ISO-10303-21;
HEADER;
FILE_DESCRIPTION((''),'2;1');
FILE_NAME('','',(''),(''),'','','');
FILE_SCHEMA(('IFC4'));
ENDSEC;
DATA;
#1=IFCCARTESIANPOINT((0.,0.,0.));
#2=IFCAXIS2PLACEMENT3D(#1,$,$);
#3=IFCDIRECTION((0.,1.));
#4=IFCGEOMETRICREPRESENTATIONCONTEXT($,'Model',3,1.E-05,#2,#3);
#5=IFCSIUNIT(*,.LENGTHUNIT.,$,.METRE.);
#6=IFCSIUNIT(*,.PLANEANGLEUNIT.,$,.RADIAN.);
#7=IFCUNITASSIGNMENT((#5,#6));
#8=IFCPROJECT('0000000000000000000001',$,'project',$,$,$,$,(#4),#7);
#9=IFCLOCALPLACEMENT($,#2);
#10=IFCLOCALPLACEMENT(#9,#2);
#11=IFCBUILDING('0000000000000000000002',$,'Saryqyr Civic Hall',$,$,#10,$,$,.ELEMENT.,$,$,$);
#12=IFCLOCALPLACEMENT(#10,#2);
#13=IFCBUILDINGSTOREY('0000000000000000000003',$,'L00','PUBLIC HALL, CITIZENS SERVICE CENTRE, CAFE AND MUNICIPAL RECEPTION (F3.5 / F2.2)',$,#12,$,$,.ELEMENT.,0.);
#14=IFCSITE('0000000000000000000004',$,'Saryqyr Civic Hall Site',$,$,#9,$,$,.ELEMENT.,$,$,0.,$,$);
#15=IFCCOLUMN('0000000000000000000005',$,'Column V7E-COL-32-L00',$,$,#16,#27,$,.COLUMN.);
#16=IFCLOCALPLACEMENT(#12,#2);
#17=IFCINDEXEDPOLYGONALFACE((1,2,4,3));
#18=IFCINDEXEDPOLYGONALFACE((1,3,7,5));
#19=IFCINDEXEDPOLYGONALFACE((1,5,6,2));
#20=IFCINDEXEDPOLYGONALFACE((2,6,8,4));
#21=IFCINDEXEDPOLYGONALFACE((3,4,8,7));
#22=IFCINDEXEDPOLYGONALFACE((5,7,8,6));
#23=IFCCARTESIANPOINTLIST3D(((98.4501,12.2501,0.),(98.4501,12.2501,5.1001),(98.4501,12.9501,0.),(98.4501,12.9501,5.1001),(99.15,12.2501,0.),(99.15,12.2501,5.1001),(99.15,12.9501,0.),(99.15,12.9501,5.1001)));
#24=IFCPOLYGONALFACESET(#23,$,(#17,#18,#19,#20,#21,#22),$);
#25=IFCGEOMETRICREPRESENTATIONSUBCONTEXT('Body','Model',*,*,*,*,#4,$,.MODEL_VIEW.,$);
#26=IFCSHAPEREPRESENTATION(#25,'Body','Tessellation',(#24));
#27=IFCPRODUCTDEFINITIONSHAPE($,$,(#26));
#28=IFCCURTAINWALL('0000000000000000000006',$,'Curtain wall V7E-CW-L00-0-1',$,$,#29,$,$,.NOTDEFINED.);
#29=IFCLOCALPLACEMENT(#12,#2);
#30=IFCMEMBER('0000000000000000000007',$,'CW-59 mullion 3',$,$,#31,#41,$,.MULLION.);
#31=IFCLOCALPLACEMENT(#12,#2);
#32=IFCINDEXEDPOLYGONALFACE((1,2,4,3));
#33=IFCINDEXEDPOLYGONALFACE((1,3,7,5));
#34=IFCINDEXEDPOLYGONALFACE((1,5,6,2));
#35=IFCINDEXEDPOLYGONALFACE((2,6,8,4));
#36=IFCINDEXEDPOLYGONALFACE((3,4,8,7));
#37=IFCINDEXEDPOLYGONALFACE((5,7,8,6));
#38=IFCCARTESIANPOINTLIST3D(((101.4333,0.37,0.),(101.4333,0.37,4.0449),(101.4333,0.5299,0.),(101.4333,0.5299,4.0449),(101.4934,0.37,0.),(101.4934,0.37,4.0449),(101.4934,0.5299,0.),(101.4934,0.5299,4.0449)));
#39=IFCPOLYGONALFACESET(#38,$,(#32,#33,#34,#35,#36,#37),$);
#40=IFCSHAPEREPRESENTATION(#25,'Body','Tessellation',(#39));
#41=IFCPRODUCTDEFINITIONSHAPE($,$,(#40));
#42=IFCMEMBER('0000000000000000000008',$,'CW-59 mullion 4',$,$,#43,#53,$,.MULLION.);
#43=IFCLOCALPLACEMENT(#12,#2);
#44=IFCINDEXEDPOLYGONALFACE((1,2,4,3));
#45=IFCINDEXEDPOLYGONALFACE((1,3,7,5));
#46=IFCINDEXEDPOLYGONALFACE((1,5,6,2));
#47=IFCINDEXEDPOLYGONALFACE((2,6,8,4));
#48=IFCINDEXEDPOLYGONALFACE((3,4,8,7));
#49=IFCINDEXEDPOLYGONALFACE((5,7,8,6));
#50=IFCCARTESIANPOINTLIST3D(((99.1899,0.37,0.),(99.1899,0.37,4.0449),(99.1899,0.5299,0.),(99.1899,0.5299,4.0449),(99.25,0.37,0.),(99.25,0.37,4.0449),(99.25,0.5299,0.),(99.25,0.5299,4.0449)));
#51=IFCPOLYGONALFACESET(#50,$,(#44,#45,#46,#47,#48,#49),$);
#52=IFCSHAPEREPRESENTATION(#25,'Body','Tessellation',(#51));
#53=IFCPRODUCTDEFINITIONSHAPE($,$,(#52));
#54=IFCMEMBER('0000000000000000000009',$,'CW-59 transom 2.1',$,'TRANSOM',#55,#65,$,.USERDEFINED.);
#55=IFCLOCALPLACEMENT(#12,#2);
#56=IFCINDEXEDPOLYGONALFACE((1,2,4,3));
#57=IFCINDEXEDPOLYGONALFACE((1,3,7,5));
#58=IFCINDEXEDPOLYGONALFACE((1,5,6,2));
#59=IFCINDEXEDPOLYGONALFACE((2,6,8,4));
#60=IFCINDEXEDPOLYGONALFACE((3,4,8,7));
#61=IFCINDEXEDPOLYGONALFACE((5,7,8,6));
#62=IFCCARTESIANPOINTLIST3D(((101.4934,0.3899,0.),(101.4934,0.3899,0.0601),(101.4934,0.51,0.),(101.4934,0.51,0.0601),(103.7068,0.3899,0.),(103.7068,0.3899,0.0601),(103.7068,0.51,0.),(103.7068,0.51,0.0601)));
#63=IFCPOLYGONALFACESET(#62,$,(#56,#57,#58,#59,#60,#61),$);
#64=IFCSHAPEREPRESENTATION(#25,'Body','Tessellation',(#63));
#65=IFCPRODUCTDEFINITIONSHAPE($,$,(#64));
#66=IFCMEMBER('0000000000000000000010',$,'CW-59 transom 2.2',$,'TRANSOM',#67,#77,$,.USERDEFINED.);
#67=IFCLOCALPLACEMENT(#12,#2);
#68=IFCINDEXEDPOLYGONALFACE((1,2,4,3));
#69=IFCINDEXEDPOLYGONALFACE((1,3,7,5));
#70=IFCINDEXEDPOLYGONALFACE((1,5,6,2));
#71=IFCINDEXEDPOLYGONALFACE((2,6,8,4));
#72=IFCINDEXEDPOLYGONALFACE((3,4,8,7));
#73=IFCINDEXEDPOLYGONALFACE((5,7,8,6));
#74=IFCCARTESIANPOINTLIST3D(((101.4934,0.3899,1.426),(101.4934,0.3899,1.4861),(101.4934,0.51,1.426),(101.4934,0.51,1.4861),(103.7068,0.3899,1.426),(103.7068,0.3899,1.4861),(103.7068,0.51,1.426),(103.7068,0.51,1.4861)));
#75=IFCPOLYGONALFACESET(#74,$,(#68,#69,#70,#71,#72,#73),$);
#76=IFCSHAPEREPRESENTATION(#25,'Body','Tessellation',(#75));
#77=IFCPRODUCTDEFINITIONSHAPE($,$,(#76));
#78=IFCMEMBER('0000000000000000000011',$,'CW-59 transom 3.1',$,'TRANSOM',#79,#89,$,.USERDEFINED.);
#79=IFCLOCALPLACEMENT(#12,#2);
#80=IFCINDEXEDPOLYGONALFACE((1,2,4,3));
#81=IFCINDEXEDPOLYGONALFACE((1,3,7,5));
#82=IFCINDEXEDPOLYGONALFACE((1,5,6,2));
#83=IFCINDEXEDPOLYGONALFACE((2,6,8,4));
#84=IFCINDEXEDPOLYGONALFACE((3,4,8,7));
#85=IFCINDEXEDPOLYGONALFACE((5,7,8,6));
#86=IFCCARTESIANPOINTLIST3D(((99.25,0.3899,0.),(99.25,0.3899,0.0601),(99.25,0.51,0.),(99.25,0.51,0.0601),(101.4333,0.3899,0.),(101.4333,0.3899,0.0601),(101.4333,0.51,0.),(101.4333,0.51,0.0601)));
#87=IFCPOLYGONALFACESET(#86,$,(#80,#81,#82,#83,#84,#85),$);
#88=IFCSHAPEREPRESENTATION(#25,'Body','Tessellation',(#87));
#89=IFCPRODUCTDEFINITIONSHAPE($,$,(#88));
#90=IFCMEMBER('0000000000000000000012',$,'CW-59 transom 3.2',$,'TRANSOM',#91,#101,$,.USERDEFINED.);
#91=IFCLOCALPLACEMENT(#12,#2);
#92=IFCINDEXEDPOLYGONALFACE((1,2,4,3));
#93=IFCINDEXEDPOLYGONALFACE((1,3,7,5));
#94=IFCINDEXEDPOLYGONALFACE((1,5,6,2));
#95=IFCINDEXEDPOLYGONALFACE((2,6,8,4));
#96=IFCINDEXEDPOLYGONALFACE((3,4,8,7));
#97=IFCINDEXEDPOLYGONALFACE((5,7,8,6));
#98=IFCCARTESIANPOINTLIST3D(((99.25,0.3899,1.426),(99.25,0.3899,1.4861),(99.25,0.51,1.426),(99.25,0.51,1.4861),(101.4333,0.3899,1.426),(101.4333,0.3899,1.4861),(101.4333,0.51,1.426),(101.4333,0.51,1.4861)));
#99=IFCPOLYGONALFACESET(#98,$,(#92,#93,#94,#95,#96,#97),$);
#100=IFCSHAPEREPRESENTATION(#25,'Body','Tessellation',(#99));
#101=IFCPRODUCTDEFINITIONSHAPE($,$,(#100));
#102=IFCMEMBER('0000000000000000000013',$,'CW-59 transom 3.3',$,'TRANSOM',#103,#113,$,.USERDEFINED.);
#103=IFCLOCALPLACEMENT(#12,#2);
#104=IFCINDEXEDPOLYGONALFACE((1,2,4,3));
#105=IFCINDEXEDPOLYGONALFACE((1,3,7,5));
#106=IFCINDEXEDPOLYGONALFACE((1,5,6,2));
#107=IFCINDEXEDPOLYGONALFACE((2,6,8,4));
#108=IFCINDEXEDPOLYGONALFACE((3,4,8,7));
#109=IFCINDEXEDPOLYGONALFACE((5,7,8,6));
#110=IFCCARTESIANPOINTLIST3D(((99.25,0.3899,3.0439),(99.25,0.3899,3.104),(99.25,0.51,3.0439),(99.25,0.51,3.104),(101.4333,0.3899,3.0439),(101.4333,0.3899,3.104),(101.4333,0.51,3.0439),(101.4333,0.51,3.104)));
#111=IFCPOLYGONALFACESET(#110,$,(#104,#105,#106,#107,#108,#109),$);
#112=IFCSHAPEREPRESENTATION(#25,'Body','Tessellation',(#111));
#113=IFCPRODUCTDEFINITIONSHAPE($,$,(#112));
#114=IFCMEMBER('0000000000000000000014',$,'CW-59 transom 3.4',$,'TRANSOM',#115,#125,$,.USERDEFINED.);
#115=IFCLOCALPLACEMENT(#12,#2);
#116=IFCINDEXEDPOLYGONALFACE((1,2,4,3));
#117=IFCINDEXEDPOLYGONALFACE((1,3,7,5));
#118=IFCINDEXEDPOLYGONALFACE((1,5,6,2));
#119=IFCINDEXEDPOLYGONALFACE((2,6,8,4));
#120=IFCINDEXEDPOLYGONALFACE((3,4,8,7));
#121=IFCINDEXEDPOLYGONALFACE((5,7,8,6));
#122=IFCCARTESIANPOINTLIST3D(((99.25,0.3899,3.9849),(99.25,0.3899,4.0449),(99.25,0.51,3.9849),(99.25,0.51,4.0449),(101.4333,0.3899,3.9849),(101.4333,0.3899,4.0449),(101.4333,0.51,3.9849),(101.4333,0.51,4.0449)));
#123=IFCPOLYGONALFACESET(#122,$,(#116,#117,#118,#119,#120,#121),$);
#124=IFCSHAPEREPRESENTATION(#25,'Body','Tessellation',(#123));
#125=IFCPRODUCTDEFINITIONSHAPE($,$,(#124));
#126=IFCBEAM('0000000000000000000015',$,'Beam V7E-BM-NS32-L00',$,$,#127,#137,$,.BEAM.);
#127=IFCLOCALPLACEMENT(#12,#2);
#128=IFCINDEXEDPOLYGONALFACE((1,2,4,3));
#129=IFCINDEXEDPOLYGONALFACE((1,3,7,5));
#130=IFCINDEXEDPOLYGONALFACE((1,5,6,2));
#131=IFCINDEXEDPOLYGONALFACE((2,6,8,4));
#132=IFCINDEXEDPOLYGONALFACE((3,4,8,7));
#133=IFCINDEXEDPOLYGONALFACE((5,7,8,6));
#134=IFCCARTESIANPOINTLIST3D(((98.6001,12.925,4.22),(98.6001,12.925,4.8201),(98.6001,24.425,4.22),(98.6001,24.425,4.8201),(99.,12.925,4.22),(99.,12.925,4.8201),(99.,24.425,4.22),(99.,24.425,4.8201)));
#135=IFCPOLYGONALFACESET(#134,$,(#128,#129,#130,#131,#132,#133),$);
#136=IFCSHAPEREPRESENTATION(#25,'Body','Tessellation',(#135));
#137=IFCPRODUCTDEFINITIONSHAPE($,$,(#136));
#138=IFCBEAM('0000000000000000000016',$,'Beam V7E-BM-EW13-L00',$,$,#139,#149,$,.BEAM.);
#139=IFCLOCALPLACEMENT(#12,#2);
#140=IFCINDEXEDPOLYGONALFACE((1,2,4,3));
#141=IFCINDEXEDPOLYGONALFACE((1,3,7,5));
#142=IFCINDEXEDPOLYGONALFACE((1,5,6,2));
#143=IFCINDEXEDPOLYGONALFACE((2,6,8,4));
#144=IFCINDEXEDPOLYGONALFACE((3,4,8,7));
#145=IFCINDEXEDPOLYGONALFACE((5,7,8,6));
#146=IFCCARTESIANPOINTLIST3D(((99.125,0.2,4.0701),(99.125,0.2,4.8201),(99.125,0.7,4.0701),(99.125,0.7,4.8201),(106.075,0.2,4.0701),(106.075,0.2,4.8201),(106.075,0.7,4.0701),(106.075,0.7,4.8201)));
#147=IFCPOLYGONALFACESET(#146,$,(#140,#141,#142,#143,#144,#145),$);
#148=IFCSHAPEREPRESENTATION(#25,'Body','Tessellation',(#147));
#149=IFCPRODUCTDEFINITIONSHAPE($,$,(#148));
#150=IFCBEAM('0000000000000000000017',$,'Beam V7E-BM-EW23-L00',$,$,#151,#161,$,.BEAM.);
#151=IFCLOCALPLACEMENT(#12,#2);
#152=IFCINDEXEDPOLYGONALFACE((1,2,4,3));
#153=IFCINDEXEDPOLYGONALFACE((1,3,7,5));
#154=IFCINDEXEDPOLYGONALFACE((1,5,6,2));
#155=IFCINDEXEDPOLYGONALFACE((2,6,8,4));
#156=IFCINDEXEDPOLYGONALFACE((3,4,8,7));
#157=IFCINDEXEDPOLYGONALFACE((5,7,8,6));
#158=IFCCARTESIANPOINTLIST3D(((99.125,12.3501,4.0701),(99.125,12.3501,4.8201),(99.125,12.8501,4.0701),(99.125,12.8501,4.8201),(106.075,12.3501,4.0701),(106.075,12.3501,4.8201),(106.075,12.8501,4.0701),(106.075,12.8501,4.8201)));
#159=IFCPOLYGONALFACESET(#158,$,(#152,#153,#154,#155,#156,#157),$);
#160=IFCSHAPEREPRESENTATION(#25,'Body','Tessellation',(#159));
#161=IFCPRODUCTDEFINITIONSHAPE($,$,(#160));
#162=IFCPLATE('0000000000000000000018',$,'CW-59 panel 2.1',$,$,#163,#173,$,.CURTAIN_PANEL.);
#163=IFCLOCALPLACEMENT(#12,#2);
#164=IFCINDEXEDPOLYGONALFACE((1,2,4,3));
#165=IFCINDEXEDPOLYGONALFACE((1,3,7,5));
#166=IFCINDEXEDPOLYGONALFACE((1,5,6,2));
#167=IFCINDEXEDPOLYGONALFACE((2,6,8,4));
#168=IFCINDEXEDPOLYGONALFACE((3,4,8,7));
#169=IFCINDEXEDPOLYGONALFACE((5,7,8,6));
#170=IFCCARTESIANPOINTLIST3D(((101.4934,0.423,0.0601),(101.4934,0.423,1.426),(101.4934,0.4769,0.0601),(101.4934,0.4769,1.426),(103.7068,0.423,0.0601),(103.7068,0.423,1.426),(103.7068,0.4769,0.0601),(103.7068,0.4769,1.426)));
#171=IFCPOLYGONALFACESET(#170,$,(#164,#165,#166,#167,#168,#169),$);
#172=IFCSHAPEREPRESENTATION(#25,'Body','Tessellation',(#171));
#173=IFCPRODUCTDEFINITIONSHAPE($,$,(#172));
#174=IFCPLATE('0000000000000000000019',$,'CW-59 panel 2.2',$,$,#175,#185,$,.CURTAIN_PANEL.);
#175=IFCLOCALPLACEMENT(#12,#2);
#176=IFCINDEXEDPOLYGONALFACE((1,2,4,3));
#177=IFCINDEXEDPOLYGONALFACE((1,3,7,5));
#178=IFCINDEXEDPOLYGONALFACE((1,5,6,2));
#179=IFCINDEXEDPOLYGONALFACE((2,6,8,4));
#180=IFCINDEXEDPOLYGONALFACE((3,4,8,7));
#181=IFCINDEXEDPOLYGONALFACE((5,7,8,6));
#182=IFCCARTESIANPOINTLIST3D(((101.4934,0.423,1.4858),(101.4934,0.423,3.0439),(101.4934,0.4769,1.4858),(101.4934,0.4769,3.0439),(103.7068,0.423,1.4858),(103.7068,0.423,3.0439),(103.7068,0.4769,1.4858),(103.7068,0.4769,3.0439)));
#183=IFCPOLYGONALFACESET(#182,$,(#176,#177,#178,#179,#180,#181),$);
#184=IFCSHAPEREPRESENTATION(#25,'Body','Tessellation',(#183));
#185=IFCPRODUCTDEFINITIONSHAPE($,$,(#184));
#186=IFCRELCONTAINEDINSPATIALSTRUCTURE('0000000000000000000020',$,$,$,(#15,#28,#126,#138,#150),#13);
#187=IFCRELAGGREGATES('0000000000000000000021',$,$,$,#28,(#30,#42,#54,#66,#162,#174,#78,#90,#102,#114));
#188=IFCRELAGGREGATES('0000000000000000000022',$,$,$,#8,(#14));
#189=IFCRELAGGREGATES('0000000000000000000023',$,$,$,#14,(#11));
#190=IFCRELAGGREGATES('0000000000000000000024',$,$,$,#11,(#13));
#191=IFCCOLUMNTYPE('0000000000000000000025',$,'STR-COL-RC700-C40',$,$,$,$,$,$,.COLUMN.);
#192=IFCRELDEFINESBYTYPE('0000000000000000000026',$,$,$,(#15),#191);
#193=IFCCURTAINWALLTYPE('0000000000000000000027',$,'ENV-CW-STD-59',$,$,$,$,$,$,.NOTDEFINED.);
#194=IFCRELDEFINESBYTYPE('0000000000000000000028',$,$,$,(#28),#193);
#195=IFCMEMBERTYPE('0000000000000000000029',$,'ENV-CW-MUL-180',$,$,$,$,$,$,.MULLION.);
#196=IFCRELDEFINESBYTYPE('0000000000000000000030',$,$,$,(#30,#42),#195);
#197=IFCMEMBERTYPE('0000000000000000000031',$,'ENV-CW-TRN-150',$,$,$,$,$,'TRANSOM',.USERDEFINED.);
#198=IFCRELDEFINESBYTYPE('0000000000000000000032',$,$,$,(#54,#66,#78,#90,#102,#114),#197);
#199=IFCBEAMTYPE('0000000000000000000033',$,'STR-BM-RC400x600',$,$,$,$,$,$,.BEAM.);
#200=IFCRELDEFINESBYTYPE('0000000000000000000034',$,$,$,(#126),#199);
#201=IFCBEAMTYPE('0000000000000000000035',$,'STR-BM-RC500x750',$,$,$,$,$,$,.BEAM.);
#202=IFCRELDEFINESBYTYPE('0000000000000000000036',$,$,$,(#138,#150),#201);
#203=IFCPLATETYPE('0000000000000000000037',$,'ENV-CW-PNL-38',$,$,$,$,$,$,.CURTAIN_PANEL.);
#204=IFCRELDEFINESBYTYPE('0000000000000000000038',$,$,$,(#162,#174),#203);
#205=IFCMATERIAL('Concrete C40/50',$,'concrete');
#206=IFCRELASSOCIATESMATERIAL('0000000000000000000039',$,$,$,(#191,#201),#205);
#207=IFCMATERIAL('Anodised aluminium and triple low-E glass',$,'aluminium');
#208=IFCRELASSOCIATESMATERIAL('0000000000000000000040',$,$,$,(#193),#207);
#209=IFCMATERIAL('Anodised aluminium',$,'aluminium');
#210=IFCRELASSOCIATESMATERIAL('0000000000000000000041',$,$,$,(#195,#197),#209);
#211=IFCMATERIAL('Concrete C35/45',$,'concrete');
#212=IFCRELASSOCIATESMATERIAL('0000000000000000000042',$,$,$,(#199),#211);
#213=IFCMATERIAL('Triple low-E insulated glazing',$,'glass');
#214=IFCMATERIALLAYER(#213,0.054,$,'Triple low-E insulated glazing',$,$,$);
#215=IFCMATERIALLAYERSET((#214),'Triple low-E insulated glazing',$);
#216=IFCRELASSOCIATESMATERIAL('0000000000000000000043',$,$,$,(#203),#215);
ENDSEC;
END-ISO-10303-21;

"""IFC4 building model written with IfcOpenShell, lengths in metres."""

from ifc_helpers import new_model, si_unit, direction, frame, origin, origin_2d, place, context, subcontext, project, spatial, rectangle, extrude, material, layer, layer_set, material_profile, profile_set, type_object, element, aggregate, save


model = new_model("IFC4")

# Units and contexts
model_context = context("Model", 3, precision=1e-05, world=origin(), true_north=direction((0.0, 1.0)))
body_context = subcontext(model_context, "Body", "Model", "MODEL_VIEW")
ifc_project = project(units=[si_unit("LENGTHUNIT", "METRE"), si_unit("PLANEANGLEUNIT", "RADIAN")], contexts=[model_context])

# Site, building, storey
site_placement = place(None, origin())
site = spatial("IfcSite", under=ifc_project, at=site_placement, Name="Saryqyr Civic Hall Site", CompositionType="ELEMENT", RefElevation=0.0)
building_placement = place(site_placement, origin())
building = spatial("IfcBuilding", under=site, at=building_placement, Name="Saryqyr Civic Hall", CompositionType="ELEMENT")
storey_placement = place(building_placement, origin())
storey = spatial("IfcBuildingStorey", under=building, at=storey_placement, Name="L00", Description="PUBLIC HALL, CITIZENS SERVICE CENTRE, CAFE AND MUNICIPAL RECEPTION (F3.5 / F2.2)", CompositionType="ELEMENT", Elevation=0.0)

# Column
ifc_material_1 = material(Name="Concrete C40/50", Category="concrete")
ifc_material_profile_1 = material_profile(ifc_material_1, rectangle(XDim=0.7, YDim=0.7, at=origin_2d()), Name="RC 700x700")
ifc_profile_set_1 = profile_set([ifc_material_profile_1], Name="Concrete C40/50")
column_type = type_object("IfcColumnType", Name="STR-COL-RC700-C40", PredefinedType="COLUMN", material=ifc_profile_set_1)
column_placement = place(storey_placement, frame((98.8, 12.6001, 0.0), z_axis=(0.0, 0.0, 1.0), x_axis=(1.0, 0.0, 0.0)))
element("IfcColumn", 1, at=column_placement, inside=storey, type_object=column_type, Name="Column V7E-COL-32-L00", PredefinedType="COLUMN", context=body_context, shape_type="SweptSolid", body=[
    extrude(rectangle(XDim=0.7, YDim=0.7, at=origin_2d()), origin(), (0.0, 0.0, 1.0), 5.1001),
])

# Curtain wall, members
ifc_material_2 = material(Name="Anodised aluminium and triple low-E glass", Category="aluminium")
curtain_wall_type = type_object("IfcCurtainWallType", Name="ENV-CW-STD-59", PredefinedType="NOTDEFINED", material=ifc_material_2)
curtain_wall_placement = place(storey_placement, origin())
curtain_wall = element("IfcCurtainWall", 2, at=curtain_wall_placement, inside=storey, type_object=curtain_wall_type, Name="Curtain wall V7E-CW-L00-0-1", PredefinedType="NOTDEFINED")
ifc_material_3 = material(Name="Anodised aluminium", Category="aluminium")
ifc_material_profile_2 = material_profile(ifc_material_3, rectangle(XDim=0.0601, YDim=0.1599, at=origin_2d()), Name="ALU MULLION 60x160")
ifc_profile_set_2 = profile_set([ifc_material_profile_2], Name="Anodised aluminium")
member_type_1 = type_object("IfcMemberType", Name="ENV-CW-MUL-180", PredefinedType="MULLION", material=ifc_profile_set_2)
member_1_placement = place(storey_placement, frame((101.4634, 0.45, 0.0), z_axis=(0.0, 0.0, 1.0), x_axis=(-1.0, 0.0, 0.0)))
member_1 = element("IfcMember", 3, at=member_1_placement, type_object=member_type_1, Name="CW-59 mullion 3", PredefinedType="MULLION", context=body_context, shape_type="SweptSolid", body=[
    extrude(rectangle(XDim=0.0601, YDim=0.1599, at=origin_2d()), origin(), (0.0, 0.0, 1.0), 4.0449),
])
member_2_placement = place(storey_placement, frame((99.22, 0.45, 0.0), z_axis=(0.0, 0.0, 1.0), x_axis=(-1.0, 0.0, 0.0)))
member_2 = element("IfcMember", 4, at=member_2_placement, type_object=member_type_1, Name="CW-59 mullion 4", PredefinedType="MULLION", context=body_context, shape_type="SweptSolid", body=[
    extrude(rectangle(XDim=0.0601, YDim=0.1599, at=origin_2d()), origin(), (0.0, 0.0, 1.0), 4.0449),
])
ifc_material_profile_3 = material_profile(ifc_material_3, rectangle(XDim=0.1201, YDim=0.0601, at=origin_2d()), Name="ALU TRANSOM 120x60")
ifc_profile_set_3 = profile_set([ifc_material_profile_3], Name="Anodised aluminium")
member_type_2 = type_object("IfcMemberType", Name="ENV-CW-TRN-150", ElementType="TRANSOM", PredefinedType="USERDEFINED", material=ifc_profile_set_3)
member_3_placement = place(storey_placement, frame((103.7068, 0.45, 0.03), z_axis=(-1.0, 0.0, 0.0), x_axis=(0.0, -1.0, 0.0)))
member_3 = element("IfcMember", 5, at=member_3_placement, type_object=member_type_2, Name="CW-59 transom 2.1", ObjectType="TRANSOM", PredefinedType="USERDEFINED", context=body_context, shape_type="SweptSolid", body=[
    extrude(rectangle(XDim=0.1201, YDim=0.0601, at=origin_2d()), origin(), (0.0, 0.0, 1.0), 2.2134),
])
member_4_placement = place(storey_placement, frame((103.7068, 0.45, 1.4561), z_axis=(-1.0, 0.0, 0.0), x_axis=(0.0, -1.0, 0.0)))
member_4 = element("IfcMember", 6, at=member_4_placement, type_object=member_type_2, Name="CW-59 transom 2.2", ObjectType="TRANSOM", PredefinedType="USERDEFINED", context=body_context, shape_type="SweptSolid", body=[
    extrude(rectangle(XDim=0.1201, YDim=0.0601, at=origin_2d()), origin(), (0.0, 0.0, 1.0), 2.2134),
])
member_5_placement = place(storey_placement, frame((101.4333, 0.45, 0.03), z_axis=(-1.0, 0.0, 0.0), x_axis=(0.0, -1.0, 0.0)))
member_5 = element("IfcMember", 7, at=member_5_placement, type_object=member_type_2, Name="CW-59 transom 3.1", ObjectType="TRANSOM", PredefinedType="USERDEFINED", context=body_context, shape_type="SweptSolid", body=[
    extrude(rectangle(XDim=0.1201, YDim=0.0601, at=origin_2d()), origin(), (0.0, 0.0, 1.0), 2.1833),
])
member_6_placement = place(storey_placement, frame((101.4333, 0.45, 1.4561), z_axis=(-1.0, 0.0, 0.0), x_axis=(0.0, -1.0, 0.0)))
member_6 = element("IfcMember", 8, at=member_6_placement, type_object=member_type_2, Name="CW-59 transom 3.2", ObjectType="TRANSOM", PredefinedType="USERDEFINED", context=body_context, shape_type="SweptSolid", body=[
    extrude(rectangle(XDim=0.1201, YDim=0.0601, at=origin_2d()), origin(), (0.0, 0.0, 1.0), 2.1833),
])
member_7_placement = place(storey_placement, frame((101.4333, 0.45, 3.074), z_axis=(-1.0, 0.0, 0.0), x_axis=(0.0, -1.0, 0.0)))
member_7 = element("IfcMember", 9, at=member_7_placement, type_object=member_type_2, Name="CW-59 transom 3.3", ObjectType="TRANSOM", PredefinedType="USERDEFINED", context=body_context, shape_type="SweptSolid", body=[
    extrude(rectangle(XDim=0.1201, YDim=0.0601, at=origin_2d()), origin(), (0.0, 0.0, 1.0), 2.1833),
])
member_8_placement = place(storey_placement, frame((101.4333, 0.45, 4.0149), z_axis=(-1.0, 0.0, 0.0), x_axis=(0.0, -1.0, 0.0)))
member_8 = element("IfcMember", 10, at=member_8_placement, type_object=member_type_2, Name="CW-59 transom 3.4", ObjectType="TRANSOM", PredefinedType="USERDEFINED", context=body_context, shape_type="SweptSolid", body=[
    extrude(rectangle(XDim=0.1201, YDim=0.0601, at=origin_2d()), origin(), (0.0, 0.0, 1.0), 2.1833),
])

# Beams
ifc_material_4 = material(Name="Concrete C35/45", Category="concrete")
ifc_material_profile_4 = material_profile(ifc_material_4, rectangle(XDim=0.3999, YDim=0.6001, at=origin_2d()), Name="RC 400x600")
ifc_profile_set_4 = profile_set([ifc_material_profile_4], Name="Concrete C35/45")
beam_type_1 = type_object("IfcBeamType", Name="STR-BM-RC400x600", PredefinedType="BEAM", material=ifc_profile_set_4)
beam_placement = place(storey_placement, frame((98.8, 12.925, 4.52), z_axis=(0.0, 1.0, 0.0), x_axis=(-1.0, 0.0, 0.0)))
element("IfcBeam", 11, at=beam_placement, inside=storey, type_object=beam_type_1, Name="Beam V7E-BM-NS32-L00", PredefinedType="BEAM", context=body_context, shape_type="SweptSolid", body=[
    extrude(rectangle(XDim=0.3999, YDim=0.6001, at=origin_2d()), origin(), (0.0, 0.0, 1.0), 11.5),
])
ifc_material_profile_5 = material_profile(ifc_material_1, rectangle(XDim=0.5, YDim=0.75, at=origin_2d()), Name="RC 500x750")
ifc_profile_set_5 = profile_set([ifc_material_profile_5], Name="Concrete C40/50")
beam_type_2 = type_object("IfcBeamType", Name="STR-BM-RC500x750", PredefinedType="BEAM", material=ifc_profile_set_5)
for number, where, z_axis, x_axis, name in (
    (12, (99.125, 0.45, 4.4451), (1.0, 0.0, 0.0), (0.0, 1.0, 0.0), "Beam V7E-BM-EW13-L00"),
    (13, (99.125, 12.6001, 4.4451), (1.0, 0.0, 0.0), (0.0, 1.0, 0.0), "Beam V7E-BM-EW23-L00"),
):
    element("IfcBeam", number, at=place(storey_placement, frame(where, z_axis=z_axis, x_axis=x_axis)), inside=storey, type_object=beam_type_2, Name=name, PredefinedType="BEAM", context=body_context, shape_type="SweptSolid", body=[
        extrude(rectangle(XDim=0.5, YDim=0.75, at=origin_2d()), origin(), (0.0, 0.0, 1.0), 6.95),
    ])

# Plates
ifc_material_5 = material(Name="Triple low-E insulated glazing", Category="glass")
ifc_layer_1 = layer(ifc_material_5, 0.054, Name="Triple low-E insulated glazing")
ifc_layer_set_1 = layer_set([ifc_layer_1], Name="Triple low-E insulated glazing")
plate_type = type_object("IfcPlateType", Name="ENV-CW-PNL-38", PredefinedType="CURTAIN_PANEL", material=ifc_layer_set_1)
plate_1_placement = place(storey_placement, frame((102.6001, 0.45, 0.0601), z_axis=(0.0, 0.0, 1.0), x_axis=(-1.0, 0.0, 0.0)))
plate_1 = element("IfcPlate", 14, at=plate_1_placement, type_object=plate_type, Name="CW-59 panel 2.1", PredefinedType="CURTAIN_PANEL", context=body_context, shape_type="SweptSolid", body=[
    extrude(rectangle(XDim=2.2134, YDim=0.054, at=origin_2d()), origin(), (0.0, 0.0, 1.0), 1.366),
])
plate_2_placement = place(storey_placement, frame((102.6001, 0.45, 1.4858), z_axis=(0.0, 0.0, 1.0), x_axis=(-1.0, 0.0, 0.0)))
plate_2 = element("IfcPlate", 15, at=plate_2_placement, type_object=plate_type, Name="CW-59 panel 2.2", PredefinedType="CURTAIN_PANEL", context=body_context, shape_type="SweptSolid", body=[
    extrude(rectangle(XDim=2.2134, YDim=0.054, at=origin_2d()), origin(), (0.0, 0.0, 1.0), 1.5581),
])
aggregate(curtain_wall, [member_1, member_2, member_3, member_4, plate_1, plate_2, member_5, member_6, member_7, member_8])

save(model, "model.ifc")
